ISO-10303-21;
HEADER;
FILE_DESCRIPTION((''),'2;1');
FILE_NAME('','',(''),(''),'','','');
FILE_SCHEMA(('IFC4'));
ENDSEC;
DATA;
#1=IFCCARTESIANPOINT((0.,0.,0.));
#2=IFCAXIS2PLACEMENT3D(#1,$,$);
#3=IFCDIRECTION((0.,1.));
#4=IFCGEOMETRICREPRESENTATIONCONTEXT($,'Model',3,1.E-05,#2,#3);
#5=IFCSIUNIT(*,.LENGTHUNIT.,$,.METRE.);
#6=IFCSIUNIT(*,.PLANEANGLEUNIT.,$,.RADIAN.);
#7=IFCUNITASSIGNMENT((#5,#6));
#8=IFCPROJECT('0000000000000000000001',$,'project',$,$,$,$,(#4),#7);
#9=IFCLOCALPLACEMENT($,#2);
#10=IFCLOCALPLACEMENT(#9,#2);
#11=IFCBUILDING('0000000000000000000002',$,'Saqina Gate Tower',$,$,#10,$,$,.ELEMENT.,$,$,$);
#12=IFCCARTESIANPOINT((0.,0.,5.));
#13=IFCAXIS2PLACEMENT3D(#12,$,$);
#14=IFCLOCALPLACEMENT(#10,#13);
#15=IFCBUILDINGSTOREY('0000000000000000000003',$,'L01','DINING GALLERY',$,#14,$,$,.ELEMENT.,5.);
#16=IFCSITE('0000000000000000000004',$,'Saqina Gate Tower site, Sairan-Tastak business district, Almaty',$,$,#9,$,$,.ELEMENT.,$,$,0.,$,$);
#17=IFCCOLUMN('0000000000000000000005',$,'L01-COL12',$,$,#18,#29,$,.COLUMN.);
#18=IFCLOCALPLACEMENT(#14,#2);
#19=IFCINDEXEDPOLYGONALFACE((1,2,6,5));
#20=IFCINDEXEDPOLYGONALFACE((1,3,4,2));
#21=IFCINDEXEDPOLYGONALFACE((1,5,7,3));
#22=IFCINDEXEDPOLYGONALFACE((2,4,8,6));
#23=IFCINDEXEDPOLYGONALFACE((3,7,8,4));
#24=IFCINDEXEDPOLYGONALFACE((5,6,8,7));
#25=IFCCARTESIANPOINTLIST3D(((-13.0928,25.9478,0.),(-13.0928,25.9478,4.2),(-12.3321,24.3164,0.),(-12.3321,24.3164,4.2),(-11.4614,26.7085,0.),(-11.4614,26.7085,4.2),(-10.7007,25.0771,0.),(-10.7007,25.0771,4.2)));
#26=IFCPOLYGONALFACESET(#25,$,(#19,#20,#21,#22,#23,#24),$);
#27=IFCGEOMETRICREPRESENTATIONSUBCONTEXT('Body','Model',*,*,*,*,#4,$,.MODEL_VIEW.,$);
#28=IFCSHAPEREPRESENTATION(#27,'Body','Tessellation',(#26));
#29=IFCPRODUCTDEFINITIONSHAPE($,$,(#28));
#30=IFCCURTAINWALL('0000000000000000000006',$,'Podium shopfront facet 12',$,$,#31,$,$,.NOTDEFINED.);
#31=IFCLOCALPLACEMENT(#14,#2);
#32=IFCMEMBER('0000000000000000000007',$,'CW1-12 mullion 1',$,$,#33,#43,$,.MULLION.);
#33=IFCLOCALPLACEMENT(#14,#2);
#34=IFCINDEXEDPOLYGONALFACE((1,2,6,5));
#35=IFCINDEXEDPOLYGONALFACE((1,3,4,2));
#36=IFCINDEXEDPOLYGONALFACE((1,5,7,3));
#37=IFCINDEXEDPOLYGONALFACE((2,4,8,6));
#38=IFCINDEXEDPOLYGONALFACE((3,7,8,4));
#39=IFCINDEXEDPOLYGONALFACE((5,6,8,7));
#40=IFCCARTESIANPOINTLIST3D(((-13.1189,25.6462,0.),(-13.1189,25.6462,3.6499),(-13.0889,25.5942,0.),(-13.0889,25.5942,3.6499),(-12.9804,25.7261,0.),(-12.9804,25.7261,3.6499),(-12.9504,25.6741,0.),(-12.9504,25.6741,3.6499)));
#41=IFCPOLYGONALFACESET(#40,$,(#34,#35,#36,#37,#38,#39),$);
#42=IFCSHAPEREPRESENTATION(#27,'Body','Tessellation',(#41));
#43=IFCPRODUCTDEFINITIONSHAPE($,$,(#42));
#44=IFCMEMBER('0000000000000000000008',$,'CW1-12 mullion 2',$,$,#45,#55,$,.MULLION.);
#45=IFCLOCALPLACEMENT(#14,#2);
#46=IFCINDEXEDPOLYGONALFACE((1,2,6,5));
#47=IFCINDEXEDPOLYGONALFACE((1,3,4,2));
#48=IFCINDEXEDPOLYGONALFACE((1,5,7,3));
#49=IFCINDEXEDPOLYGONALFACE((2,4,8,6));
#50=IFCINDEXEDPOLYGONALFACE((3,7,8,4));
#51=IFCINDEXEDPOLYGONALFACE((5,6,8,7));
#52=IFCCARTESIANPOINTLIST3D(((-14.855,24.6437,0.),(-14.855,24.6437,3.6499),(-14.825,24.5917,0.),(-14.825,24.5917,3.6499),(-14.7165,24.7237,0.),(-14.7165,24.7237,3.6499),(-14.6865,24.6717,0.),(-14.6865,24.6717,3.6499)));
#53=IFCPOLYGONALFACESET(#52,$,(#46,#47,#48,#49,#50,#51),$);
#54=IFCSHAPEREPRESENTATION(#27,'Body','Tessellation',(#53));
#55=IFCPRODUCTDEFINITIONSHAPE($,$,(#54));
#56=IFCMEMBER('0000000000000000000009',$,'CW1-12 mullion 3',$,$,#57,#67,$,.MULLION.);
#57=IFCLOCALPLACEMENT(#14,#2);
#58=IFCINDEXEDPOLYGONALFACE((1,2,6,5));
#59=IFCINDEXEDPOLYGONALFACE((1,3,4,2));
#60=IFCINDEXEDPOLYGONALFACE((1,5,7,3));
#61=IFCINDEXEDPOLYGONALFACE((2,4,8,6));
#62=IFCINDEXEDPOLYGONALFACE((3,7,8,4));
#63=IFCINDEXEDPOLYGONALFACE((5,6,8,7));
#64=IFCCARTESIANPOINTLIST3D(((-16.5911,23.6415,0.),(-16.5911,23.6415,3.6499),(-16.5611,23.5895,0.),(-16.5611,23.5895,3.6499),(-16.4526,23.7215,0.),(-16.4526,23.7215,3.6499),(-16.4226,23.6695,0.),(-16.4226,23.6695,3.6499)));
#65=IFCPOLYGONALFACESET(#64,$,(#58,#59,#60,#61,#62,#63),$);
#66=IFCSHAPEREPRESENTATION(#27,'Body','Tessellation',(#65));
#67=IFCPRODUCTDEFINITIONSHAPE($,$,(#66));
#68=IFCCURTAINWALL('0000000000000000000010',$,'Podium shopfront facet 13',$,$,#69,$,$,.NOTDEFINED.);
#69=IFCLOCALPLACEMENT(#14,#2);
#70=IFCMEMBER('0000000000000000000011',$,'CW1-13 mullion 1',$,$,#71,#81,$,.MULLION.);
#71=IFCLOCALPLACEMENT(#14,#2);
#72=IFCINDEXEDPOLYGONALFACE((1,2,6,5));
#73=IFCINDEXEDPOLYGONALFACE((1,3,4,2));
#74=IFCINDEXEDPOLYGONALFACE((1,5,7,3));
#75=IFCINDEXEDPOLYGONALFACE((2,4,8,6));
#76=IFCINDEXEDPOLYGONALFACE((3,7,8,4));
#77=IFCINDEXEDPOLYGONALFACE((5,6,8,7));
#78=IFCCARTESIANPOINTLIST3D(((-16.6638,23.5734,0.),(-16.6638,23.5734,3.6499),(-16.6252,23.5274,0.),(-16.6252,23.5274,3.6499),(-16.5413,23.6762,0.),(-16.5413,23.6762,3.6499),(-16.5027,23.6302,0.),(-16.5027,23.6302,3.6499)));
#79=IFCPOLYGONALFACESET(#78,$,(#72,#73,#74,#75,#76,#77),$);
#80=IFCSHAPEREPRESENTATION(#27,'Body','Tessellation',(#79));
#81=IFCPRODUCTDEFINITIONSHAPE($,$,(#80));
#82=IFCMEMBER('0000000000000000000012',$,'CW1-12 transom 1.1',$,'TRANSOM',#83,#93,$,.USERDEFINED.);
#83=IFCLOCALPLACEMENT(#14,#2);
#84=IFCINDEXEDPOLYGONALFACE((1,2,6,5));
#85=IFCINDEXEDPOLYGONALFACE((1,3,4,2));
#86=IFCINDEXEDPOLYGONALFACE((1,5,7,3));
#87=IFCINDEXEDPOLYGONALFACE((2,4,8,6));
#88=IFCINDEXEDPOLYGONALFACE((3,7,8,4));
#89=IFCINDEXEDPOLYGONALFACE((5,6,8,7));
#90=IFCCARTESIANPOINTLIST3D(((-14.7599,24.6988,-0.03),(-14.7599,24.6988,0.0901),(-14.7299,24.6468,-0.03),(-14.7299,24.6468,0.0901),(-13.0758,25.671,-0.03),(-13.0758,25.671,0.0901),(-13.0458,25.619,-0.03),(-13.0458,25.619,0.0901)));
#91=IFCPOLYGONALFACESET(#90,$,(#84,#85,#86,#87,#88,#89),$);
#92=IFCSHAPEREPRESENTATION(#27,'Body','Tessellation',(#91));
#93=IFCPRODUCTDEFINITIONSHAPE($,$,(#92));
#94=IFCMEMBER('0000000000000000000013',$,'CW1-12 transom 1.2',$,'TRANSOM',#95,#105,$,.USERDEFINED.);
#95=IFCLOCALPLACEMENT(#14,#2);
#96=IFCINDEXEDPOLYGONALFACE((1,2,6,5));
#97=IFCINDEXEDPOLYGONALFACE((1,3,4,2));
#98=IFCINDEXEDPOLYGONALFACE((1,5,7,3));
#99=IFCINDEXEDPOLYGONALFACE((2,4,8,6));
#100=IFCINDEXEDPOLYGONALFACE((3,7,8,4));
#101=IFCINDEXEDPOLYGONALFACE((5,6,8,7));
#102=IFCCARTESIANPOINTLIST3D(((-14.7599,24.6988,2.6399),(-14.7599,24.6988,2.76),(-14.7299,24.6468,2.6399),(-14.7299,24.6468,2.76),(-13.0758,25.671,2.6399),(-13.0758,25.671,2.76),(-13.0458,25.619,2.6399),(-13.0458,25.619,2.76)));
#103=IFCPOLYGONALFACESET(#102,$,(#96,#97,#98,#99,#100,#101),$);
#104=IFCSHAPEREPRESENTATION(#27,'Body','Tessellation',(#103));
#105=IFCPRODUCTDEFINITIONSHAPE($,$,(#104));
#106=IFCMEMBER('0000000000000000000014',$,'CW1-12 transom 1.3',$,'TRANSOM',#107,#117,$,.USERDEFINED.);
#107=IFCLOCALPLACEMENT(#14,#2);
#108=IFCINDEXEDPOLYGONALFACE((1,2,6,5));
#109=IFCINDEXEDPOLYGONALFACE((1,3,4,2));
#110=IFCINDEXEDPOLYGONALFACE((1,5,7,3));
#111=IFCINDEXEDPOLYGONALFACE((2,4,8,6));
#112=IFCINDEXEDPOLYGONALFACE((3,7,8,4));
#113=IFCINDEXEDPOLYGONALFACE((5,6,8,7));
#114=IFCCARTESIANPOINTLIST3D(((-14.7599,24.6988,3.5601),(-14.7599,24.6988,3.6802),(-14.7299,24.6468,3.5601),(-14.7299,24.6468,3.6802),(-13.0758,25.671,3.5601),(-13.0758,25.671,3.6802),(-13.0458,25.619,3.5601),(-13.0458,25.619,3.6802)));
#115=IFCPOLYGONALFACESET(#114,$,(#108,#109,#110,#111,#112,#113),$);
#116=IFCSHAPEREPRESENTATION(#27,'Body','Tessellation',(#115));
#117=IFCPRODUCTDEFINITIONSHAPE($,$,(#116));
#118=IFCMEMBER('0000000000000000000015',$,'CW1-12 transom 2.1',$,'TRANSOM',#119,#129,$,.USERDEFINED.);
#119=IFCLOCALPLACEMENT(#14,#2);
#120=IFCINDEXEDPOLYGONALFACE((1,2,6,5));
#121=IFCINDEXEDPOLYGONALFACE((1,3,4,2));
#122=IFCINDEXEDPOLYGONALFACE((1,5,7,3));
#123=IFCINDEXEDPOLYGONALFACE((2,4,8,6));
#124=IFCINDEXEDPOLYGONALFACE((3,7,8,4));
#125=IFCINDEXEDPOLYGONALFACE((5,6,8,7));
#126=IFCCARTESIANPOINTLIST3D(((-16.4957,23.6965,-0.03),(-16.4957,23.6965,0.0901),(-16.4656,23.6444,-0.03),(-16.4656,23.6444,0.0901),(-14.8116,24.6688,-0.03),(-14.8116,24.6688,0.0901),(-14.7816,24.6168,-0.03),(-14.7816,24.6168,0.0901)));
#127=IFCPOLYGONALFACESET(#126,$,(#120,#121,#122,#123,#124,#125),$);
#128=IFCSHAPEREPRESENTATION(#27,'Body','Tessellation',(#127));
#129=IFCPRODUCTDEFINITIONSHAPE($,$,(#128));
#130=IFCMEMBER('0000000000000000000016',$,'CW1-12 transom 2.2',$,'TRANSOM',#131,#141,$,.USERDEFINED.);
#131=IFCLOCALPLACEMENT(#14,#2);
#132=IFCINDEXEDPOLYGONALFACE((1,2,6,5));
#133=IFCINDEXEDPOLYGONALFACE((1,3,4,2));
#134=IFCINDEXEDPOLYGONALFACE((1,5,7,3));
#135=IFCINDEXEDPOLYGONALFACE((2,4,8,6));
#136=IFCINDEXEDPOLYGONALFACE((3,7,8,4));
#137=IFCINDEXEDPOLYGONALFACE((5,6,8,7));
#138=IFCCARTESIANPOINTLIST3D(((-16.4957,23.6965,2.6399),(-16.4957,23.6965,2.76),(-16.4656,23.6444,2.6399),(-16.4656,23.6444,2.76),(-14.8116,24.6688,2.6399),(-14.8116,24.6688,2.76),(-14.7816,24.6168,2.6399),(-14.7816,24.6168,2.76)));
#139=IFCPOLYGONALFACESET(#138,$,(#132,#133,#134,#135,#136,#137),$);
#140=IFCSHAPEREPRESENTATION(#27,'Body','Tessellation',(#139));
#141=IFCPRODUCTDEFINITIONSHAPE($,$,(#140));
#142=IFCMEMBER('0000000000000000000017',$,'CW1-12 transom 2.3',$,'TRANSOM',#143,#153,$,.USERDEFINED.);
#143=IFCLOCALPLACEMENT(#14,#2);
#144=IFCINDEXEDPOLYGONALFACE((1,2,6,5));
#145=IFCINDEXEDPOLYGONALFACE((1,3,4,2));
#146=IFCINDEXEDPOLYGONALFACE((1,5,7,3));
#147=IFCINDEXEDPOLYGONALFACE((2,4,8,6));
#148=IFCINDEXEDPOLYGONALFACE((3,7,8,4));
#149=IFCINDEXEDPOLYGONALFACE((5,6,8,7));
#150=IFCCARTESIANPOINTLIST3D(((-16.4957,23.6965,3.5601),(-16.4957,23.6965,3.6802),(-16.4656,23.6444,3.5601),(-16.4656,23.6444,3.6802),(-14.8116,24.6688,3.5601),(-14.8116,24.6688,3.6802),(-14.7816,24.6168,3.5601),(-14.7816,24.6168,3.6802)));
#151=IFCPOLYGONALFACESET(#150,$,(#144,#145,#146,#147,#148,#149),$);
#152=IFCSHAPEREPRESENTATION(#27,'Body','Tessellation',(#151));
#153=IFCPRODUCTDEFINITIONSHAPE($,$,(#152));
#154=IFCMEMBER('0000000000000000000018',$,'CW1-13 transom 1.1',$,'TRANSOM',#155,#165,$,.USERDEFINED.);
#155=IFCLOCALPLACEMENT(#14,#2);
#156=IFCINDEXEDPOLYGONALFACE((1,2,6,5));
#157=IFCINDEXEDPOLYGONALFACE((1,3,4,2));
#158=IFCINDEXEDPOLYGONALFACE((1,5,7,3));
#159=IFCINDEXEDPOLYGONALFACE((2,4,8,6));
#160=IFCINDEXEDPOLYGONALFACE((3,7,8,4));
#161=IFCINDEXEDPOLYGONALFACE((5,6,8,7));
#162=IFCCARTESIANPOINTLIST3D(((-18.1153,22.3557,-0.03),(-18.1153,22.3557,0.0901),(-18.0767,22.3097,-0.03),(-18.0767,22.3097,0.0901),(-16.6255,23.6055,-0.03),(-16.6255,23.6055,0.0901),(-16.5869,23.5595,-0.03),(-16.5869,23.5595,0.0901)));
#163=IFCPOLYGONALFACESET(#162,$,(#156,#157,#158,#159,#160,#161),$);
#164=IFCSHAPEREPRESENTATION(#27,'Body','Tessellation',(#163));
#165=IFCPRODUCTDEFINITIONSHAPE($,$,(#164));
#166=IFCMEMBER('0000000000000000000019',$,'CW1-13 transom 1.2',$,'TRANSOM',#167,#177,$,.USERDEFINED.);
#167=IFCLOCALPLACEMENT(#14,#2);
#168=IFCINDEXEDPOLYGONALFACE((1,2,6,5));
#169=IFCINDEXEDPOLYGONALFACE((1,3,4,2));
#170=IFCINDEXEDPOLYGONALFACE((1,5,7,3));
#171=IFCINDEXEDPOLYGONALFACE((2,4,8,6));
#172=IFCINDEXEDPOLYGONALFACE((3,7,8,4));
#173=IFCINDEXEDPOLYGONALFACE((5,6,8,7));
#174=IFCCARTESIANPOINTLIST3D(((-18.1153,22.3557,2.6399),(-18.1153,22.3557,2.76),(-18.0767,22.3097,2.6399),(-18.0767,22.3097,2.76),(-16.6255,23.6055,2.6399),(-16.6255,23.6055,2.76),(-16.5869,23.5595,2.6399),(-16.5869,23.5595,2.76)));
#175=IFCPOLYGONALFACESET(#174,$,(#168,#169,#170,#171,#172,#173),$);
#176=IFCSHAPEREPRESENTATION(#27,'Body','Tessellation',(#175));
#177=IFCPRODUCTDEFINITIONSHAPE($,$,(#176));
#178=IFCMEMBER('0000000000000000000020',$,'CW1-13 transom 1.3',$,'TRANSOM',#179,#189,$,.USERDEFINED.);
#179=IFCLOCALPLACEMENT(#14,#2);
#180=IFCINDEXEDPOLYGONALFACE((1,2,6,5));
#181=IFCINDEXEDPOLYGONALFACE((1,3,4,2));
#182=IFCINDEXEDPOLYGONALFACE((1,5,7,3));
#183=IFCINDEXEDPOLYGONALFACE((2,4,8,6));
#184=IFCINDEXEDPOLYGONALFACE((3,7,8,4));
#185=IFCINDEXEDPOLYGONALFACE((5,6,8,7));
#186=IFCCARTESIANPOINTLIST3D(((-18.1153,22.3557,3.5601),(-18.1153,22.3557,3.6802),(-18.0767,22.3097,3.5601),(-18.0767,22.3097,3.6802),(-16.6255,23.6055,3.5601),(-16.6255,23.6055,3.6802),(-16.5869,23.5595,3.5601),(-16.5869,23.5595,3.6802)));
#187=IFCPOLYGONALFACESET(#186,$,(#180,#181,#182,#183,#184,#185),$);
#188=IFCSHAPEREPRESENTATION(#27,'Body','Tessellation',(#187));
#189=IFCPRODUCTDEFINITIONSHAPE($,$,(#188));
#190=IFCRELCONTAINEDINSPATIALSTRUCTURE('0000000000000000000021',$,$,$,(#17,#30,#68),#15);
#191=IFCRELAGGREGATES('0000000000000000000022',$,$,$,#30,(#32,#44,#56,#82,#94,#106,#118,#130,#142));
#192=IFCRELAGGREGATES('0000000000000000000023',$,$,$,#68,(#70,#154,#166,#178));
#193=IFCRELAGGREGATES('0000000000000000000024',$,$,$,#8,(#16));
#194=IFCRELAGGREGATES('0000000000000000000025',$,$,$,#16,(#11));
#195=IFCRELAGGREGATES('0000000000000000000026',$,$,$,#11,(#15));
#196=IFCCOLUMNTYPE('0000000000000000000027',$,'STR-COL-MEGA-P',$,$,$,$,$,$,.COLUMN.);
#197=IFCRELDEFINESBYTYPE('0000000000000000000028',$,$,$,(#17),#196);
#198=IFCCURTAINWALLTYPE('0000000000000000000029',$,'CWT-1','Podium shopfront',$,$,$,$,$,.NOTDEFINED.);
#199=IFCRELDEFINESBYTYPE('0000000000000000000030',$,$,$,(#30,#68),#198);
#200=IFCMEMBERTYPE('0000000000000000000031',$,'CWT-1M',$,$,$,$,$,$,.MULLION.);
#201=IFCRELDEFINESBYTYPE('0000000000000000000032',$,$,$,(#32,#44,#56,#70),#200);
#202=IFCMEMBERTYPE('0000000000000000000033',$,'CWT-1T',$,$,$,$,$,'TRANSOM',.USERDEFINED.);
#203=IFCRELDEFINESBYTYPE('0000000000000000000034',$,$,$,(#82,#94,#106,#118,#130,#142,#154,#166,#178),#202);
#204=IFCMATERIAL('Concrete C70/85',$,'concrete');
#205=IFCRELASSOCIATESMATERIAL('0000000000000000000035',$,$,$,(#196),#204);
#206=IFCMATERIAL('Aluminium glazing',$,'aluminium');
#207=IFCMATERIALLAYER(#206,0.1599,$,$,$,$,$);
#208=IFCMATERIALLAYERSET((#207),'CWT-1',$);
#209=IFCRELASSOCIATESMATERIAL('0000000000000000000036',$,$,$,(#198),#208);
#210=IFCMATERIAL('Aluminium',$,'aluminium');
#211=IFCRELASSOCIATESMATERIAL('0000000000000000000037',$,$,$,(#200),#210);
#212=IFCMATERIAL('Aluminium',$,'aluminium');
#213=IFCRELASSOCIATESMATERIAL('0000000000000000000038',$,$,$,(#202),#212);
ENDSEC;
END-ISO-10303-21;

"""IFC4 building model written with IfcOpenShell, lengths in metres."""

from ifc_helpers import new_model, si_unit, direction, frame, origin, origin_2d, place, context, subcontext, project, spatial, rectangle, extrude, material, layer, layer_set, material_profile, profile_set, type_object, element, aggregate, save


model = new_model("IFC4")

# Units and contexts
model_context = context("Model", 3, precision=1e-05, world=origin(), true_north=direction((0.0, 1.0)))
body_context = subcontext(model_context, "Body", "Model", "MODEL_VIEW")
ifc_project = project(units=[si_unit("LENGTHUNIT", "METRE"), si_unit("PLANEANGLEUNIT", "RADIAN")], contexts=[model_context])

# Site, building, storey
site_placement = place(None, origin())
site = spatial("IfcSite", under=ifc_project, at=site_placement, Name="Saqina Gate Tower site, Sairan-Tastak business district, Almaty", CompositionType="ELEMENT", RefElevation=0.0)
building_placement = place(site_placement, origin())
building = spatial("IfcBuilding", under=site, at=building_placement, Name="Saqina Gate Tower", CompositionType="ELEMENT")
storey_placement = place(building_placement, frame((0.0, 0.0, 5.0)))
storey = spatial("IfcBuildingStorey", under=building, at=storey_placement, Name="L01", Description="DINING GALLERY", CompositionType="ELEMENT", Elevation=5.0)

# Column
ifc_material_1 = material(Name="Concrete C70/85", Category="concrete")
ifc_material_profile_1 = material_profile(ifc_material_1, rectangle(XDim=1.8, YDim=1.8, at=origin_2d()), Name="RC 1800x1800")
ifc_profile_set_1 = profile_set([ifc_material_profile_1], Name="Concrete C70/85")
column_type = type_object("IfcColumnType", Name="STR-COL-MEGA-P", PredefinedType="COLUMN", material=ifc_profile_set_1)
column_placement = place(storey_placement, frame((-11.8967, 25.5125, 0.0), z_axis=(0.0, 0.0, 1.0), x_axis=(-0.422618, 0.906308, 0.0)))
element("IfcColumn", 1, at=column_placement, inside=storey, type_object=column_type, Name="L01-COL12", PredefinedType="COLUMN", context=body_context, shape_type="SweptSolid", body=[
    extrude(rectangle(XDim=1.8, YDim=1.8, at=origin_2d()), origin(), (0.0, 0.0, 1.0), 4.2),
])

# Curtain wall, members
ifc_material_2 = material(Name="Aluminium glazing", Category="aluminium")
ifc_layer_1 = layer(ifc_material_2, 0.1599)
ifc_layer_set_1 = layer_set([ifc_layer_1], Name="CWT-1")
curtain_wall_type = type_object("IfcCurtainWallType", Name="CWT-1", Description="Podium shopfront", PredefinedType="NOTDEFINED", material=ifc_layer_set_1)
curtain_wall_1_placement = place(storey_placement, origin())
curtain_wall_1 = element("IfcCurtainWall", 2, at=curtain_wall_1_placement, inside=storey, type_object=curtain_wall_type, Name="Podium shopfront facet 12", PredefinedType="NOTDEFINED")
ifc_material_3 = material(Name="Aluminium", Category="aluminium")
ifc_material_profile_2 = material_profile(ifc_material_3, rectangle(XDim=0.0601, YDim=0.1599, at=origin_2d()), Name="Aluminium 60x160")
ifc_profile_set_2 = profile_set([ifc_material_profile_2], Name="Aluminium")
member_type_1 = type_object("IfcMemberType", Name="CWT-1M", PredefinedType="MULLION", material=ifc_profile_set_2)
member_1_placement = place(storey_placement, frame((-13.0347, 25.6602, 0.0), z_axis=(0.0, 0.0, 1.0), x_axis=(0.500014, -0.866017, 0.0)))
member_1 = element("IfcMember", 3, at=member_1_placement, type_object=member_type_1, Name="CW1-12 mullion 1", PredefinedType="MULLION", context=body_context, shape_type="SweptSolid", body=[
    extrude(rectangle(XDim=0.0601, YDim=0.1599, at=origin_2d()), origin(), (0.0, 0.0, 1.0), 3.6499),
])
member_2_placement = place(storey_placement, frame((-14.7708, 24.6577, 0.0), z_axis=(0.0, 0.0, 1.0), x_axis=(0.500014, -0.866017, 0.0)))
member_2 = element("IfcMember", 4, at=member_2_placement, type_object=member_type_1, Name="CW1-12 mullion 2", PredefinedType="MULLION", context=body_context, shape_type="SweptSolid", body=[
    extrude(rectangle(XDim=0.0601, YDim=0.1599, at=origin_2d()), origin(), (0.0, 0.0, 1.0), 3.6499),
])
member_3_placement = place(storey_placement, frame((-16.5068, 23.6555, 0.0), z_axis=(0.0, 0.0, 1.0), x_axis=(0.500014, -0.866017, 0.0)))
member_3 = element("IfcMember", 5, at=member_3_placement, type_object=member_type_1, Name="CW1-12 mullion 3", PredefinedType="MULLION", context=body_context, shape_type="SweptSolid", body=[
    extrude(rectangle(XDim=0.0601, YDim=0.1599, at=origin_2d()), origin(), (0.0, 0.0, 1.0), 3.6499),
])

# Curtain wall, member
curtain_wall_2_placement = place(storey_placement, origin())
curtain_wall_2 = element("IfcCurtainWall", 6, at=curtain_wall_2_placement, inside=storey, type_object=curtain_wall_type, Name="Podium shopfront facet 13", PredefinedType="NOTDEFINED")
member_4_placement = place(storey_placement, frame((-16.5833, 23.6018, 0.0), z_axis=(0.0, 0.0, 1.0), x_axis=(0.642779, -0.766051, 0.0)))
member_4 = element("IfcMember", 7, at=member_4_placement, type_object=member_type_1, Name="CW1-13 mullion 1", PredefinedType="MULLION", context=body_context, shape_type="SweptSolid", body=[
    extrude(rectangle(XDim=0.0601, YDim=0.1599, at=origin_2d()), origin(), (0.0, 0.0, 1.0), 3.6499),
])

# Members
ifc_material_4 = material(Name="Aluminium", Category="aluminium")
ifc_material_profile_3 = material_profile(ifc_material_4, rectangle(XDim=0.0601, YDim=0.1201, at=origin_2d()), Name="Aluminium 60x120")
ifc_profile_set_3 = profile_set([ifc_material_profile_3], Name="Aluminium")
member_type_2 = type_object("IfcMemberType", Name="CWT-1T", ElementType="TRANSOM", PredefinedType="USERDEFINED", material=ifc_profile_set_3)
member_5_placement = place(storey_placement, frame((-13.0608, 25.645, 0.03), z_axis=(-0.866056, -0.499947, 0.0), x_axis=(0.499947, -0.866056, 0.0)))
member_5 = element("IfcMember", 8, at=member_5_placement, type_object=member_type_2, Name="CW1-12 transom 1.1", ObjectType="TRANSOM", PredefinedType="USERDEFINED", context=body_context, shape_type="SweptSolid", body=[
    extrude(rectangle(XDim=0.0601, YDim=0.1201, at=origin_2d()), origin(), (0.0, 0.0, 1.0), 1.9446),
])
member_6_placement = place(storey_placement, frame((-13.0608, 25.645, 2.7), z_axis=(-0.866056, -0.499947, 0.0), x_axis=(0.499947, -0.866056, 0.0)))
member_6 = element("IfcMember", 9, at=member_6_placement, type_object=member_type_2, Name="CW1-12 transom 1.2", ObjectType="TRANSOM", PredefinedType="USERDEFINED", context=body_context, shape_type="SweptSolid", body=[
    extrude(rectangle(XDim=0.0601, YDim=0.1201, at=origin_2d()), origin(), (0.0, 0.0, 1.0), 1.9446),
])
member_7_placement = place(storey_placement, frame((-13.0608, 25.645, 3.6201), z_axis=(-0.866056, -0.499947, 0.0), x_axis=(0.499947, -0.866056, 0.0)))
member_7 = element("IfcMember", 10, at=member_7_placement, type_object=member_type_2, Name="CW1-12 transom 1.3", ObjectType="TRANSOM", PredefinedType="USERDEFINED", context=body_context, shape_type="SweptSolid", body=[
    extrude(rectangle(XDim=0.0601, YDim=0.1201, at=origin_2d()), origin(), (0.0, 0.0, 1.0), 1.9446),
])
member_8_placement = place(storey_placement, frame((-14.7966, 24.6428, 0.03), z_axis=(-0.866002, -0.500041, 0.0), x_axis=(0.500041, -0.866002, 0.0)))
member_8 = element("IfcMember", 11, at=member_8_placement, type_object=member_type_2, Name="CW1-12 transom 2.1", ObjectType="TRANSOM", PredefinedType="USERDEFINED", context=body_context, shape_type="SweptSolid", body=[
    extrude(rectangle(XDim=0.0601, YDim=0.1201, at=origin_2d()), origin(), (0.0, 0.0, 1.0), 1.9446),
])
member_9_placement = place(storey_placement, frame((-14.7966, 24.6428, 2.7), z_axis=(-0.866002, -0.500041, 0.0), x_axis=(0.500041, -0.866002, 0.0)))
member_9 = element("IfcMember", 12, at=member_9_placement, type_object=member_type_2, Name="CW1-12 transom 2.2", ObjectType="TRANSOM", PredefinedType="USERDEFINED", context=body_context, shape_type="SweptSolid", body=[
    extrude(rectangle(XDim=0.0601, YDim=0.1201, at=origin_2d()), origin(), (0.0, 0.0, 1.0), 1.9446),
])
member_10_placement = place(storey_placement, frame((-14.7966, 24.6428, 3.6201), z_axis=(-0.866002, -0.500041, 0.0), x_axis=(0.500041, -0.866002, 0.0)))
member_10 = element("IfcMember", 13, at=member_10_placement, type_object=member_type_2, Name="CW1-12 transom 2.3", ObjectType="TRANSOM", PredefinedType="USERDEFINED", context=body_context, shape_type="SweptSolid", body=[
    extrude(rectangle(XDim=0.0601, YDim=0.1201, at=origin_2d()), origin(), (0.0, 0.0, 1.0), 1.9446),
])
member_11_placement = place(storey_placement, frame((-16.6062, 23.5825, 0.03), z_axis=(-0.766118, -0.6427, 0.0), x_axis=(0.6427, -0.766118, 0.0)))
member_11 = element("IfcMember", 14, at=member_11_placement, type_object=member_type_2, Name="CW1-13 transom 1.1", ObjectType="TRANSOM", PredefinedType="USERDEFINED", context=body_context, shape_type="SweptSolid", body=[
    extrude(rectangle(XDim=0.0601, YDim=0.1201, at=origin_2d()), origin(), (0.0, 0.0, 1.0), 1.9446),
])
member_12_placement = place(storey_placement, frame((-16.6062, 23.5825, 2.7), z_axis=(-0.766118, -0.6427, 0.0), x_axis=(0.6427, -0.766118, 0.0)))
member_12 = element("IfcMember", 15, at=member_12_placement, type_object=member_type_2, Name="CW1-13 transom 1.2", ObjectType="TRANSOM", PredefinedType="USERDEFINED", context=body_context, shape_type="SweptSolid", body=[
    extrude(rectangle(XDim=0.0601, YDim=0.1201, at=origin_2d()), origin(), (0.0, 0.0, 1.0), 1.9446),
])
member_13_placement = place(storey_placement, frame((-16.6062, 23.5825, 3.6201), z_axis=(-0.766118, -0.6427, 0.0), x_axis=(0.6427, -0.766118, 0.0)))
member_13 = element("IfcMember", 16, at=member_13_placement, type_object=member_type_2, Name="CW1-13 transom 1.3", ObjectType="TRANSOM", PredefinedType="USERDEFINED", context=body_context, shape_type="SweptSolid", body=[
    extrude(rectangle(XDim=0.0601, YDim=0.1201, at=origin_2d()), origin(), (0.0, 0.0, 1.0), 1.9446),
])

aggregate(curtain_wall_1, [member_1, member_2, member_3, member_5, member_6, member_7, member_8, member_9, member_10])
aggregate(curtain_wall_2, [member_4, member_11, member_12, member_13])

save(model, "model.ifc")
